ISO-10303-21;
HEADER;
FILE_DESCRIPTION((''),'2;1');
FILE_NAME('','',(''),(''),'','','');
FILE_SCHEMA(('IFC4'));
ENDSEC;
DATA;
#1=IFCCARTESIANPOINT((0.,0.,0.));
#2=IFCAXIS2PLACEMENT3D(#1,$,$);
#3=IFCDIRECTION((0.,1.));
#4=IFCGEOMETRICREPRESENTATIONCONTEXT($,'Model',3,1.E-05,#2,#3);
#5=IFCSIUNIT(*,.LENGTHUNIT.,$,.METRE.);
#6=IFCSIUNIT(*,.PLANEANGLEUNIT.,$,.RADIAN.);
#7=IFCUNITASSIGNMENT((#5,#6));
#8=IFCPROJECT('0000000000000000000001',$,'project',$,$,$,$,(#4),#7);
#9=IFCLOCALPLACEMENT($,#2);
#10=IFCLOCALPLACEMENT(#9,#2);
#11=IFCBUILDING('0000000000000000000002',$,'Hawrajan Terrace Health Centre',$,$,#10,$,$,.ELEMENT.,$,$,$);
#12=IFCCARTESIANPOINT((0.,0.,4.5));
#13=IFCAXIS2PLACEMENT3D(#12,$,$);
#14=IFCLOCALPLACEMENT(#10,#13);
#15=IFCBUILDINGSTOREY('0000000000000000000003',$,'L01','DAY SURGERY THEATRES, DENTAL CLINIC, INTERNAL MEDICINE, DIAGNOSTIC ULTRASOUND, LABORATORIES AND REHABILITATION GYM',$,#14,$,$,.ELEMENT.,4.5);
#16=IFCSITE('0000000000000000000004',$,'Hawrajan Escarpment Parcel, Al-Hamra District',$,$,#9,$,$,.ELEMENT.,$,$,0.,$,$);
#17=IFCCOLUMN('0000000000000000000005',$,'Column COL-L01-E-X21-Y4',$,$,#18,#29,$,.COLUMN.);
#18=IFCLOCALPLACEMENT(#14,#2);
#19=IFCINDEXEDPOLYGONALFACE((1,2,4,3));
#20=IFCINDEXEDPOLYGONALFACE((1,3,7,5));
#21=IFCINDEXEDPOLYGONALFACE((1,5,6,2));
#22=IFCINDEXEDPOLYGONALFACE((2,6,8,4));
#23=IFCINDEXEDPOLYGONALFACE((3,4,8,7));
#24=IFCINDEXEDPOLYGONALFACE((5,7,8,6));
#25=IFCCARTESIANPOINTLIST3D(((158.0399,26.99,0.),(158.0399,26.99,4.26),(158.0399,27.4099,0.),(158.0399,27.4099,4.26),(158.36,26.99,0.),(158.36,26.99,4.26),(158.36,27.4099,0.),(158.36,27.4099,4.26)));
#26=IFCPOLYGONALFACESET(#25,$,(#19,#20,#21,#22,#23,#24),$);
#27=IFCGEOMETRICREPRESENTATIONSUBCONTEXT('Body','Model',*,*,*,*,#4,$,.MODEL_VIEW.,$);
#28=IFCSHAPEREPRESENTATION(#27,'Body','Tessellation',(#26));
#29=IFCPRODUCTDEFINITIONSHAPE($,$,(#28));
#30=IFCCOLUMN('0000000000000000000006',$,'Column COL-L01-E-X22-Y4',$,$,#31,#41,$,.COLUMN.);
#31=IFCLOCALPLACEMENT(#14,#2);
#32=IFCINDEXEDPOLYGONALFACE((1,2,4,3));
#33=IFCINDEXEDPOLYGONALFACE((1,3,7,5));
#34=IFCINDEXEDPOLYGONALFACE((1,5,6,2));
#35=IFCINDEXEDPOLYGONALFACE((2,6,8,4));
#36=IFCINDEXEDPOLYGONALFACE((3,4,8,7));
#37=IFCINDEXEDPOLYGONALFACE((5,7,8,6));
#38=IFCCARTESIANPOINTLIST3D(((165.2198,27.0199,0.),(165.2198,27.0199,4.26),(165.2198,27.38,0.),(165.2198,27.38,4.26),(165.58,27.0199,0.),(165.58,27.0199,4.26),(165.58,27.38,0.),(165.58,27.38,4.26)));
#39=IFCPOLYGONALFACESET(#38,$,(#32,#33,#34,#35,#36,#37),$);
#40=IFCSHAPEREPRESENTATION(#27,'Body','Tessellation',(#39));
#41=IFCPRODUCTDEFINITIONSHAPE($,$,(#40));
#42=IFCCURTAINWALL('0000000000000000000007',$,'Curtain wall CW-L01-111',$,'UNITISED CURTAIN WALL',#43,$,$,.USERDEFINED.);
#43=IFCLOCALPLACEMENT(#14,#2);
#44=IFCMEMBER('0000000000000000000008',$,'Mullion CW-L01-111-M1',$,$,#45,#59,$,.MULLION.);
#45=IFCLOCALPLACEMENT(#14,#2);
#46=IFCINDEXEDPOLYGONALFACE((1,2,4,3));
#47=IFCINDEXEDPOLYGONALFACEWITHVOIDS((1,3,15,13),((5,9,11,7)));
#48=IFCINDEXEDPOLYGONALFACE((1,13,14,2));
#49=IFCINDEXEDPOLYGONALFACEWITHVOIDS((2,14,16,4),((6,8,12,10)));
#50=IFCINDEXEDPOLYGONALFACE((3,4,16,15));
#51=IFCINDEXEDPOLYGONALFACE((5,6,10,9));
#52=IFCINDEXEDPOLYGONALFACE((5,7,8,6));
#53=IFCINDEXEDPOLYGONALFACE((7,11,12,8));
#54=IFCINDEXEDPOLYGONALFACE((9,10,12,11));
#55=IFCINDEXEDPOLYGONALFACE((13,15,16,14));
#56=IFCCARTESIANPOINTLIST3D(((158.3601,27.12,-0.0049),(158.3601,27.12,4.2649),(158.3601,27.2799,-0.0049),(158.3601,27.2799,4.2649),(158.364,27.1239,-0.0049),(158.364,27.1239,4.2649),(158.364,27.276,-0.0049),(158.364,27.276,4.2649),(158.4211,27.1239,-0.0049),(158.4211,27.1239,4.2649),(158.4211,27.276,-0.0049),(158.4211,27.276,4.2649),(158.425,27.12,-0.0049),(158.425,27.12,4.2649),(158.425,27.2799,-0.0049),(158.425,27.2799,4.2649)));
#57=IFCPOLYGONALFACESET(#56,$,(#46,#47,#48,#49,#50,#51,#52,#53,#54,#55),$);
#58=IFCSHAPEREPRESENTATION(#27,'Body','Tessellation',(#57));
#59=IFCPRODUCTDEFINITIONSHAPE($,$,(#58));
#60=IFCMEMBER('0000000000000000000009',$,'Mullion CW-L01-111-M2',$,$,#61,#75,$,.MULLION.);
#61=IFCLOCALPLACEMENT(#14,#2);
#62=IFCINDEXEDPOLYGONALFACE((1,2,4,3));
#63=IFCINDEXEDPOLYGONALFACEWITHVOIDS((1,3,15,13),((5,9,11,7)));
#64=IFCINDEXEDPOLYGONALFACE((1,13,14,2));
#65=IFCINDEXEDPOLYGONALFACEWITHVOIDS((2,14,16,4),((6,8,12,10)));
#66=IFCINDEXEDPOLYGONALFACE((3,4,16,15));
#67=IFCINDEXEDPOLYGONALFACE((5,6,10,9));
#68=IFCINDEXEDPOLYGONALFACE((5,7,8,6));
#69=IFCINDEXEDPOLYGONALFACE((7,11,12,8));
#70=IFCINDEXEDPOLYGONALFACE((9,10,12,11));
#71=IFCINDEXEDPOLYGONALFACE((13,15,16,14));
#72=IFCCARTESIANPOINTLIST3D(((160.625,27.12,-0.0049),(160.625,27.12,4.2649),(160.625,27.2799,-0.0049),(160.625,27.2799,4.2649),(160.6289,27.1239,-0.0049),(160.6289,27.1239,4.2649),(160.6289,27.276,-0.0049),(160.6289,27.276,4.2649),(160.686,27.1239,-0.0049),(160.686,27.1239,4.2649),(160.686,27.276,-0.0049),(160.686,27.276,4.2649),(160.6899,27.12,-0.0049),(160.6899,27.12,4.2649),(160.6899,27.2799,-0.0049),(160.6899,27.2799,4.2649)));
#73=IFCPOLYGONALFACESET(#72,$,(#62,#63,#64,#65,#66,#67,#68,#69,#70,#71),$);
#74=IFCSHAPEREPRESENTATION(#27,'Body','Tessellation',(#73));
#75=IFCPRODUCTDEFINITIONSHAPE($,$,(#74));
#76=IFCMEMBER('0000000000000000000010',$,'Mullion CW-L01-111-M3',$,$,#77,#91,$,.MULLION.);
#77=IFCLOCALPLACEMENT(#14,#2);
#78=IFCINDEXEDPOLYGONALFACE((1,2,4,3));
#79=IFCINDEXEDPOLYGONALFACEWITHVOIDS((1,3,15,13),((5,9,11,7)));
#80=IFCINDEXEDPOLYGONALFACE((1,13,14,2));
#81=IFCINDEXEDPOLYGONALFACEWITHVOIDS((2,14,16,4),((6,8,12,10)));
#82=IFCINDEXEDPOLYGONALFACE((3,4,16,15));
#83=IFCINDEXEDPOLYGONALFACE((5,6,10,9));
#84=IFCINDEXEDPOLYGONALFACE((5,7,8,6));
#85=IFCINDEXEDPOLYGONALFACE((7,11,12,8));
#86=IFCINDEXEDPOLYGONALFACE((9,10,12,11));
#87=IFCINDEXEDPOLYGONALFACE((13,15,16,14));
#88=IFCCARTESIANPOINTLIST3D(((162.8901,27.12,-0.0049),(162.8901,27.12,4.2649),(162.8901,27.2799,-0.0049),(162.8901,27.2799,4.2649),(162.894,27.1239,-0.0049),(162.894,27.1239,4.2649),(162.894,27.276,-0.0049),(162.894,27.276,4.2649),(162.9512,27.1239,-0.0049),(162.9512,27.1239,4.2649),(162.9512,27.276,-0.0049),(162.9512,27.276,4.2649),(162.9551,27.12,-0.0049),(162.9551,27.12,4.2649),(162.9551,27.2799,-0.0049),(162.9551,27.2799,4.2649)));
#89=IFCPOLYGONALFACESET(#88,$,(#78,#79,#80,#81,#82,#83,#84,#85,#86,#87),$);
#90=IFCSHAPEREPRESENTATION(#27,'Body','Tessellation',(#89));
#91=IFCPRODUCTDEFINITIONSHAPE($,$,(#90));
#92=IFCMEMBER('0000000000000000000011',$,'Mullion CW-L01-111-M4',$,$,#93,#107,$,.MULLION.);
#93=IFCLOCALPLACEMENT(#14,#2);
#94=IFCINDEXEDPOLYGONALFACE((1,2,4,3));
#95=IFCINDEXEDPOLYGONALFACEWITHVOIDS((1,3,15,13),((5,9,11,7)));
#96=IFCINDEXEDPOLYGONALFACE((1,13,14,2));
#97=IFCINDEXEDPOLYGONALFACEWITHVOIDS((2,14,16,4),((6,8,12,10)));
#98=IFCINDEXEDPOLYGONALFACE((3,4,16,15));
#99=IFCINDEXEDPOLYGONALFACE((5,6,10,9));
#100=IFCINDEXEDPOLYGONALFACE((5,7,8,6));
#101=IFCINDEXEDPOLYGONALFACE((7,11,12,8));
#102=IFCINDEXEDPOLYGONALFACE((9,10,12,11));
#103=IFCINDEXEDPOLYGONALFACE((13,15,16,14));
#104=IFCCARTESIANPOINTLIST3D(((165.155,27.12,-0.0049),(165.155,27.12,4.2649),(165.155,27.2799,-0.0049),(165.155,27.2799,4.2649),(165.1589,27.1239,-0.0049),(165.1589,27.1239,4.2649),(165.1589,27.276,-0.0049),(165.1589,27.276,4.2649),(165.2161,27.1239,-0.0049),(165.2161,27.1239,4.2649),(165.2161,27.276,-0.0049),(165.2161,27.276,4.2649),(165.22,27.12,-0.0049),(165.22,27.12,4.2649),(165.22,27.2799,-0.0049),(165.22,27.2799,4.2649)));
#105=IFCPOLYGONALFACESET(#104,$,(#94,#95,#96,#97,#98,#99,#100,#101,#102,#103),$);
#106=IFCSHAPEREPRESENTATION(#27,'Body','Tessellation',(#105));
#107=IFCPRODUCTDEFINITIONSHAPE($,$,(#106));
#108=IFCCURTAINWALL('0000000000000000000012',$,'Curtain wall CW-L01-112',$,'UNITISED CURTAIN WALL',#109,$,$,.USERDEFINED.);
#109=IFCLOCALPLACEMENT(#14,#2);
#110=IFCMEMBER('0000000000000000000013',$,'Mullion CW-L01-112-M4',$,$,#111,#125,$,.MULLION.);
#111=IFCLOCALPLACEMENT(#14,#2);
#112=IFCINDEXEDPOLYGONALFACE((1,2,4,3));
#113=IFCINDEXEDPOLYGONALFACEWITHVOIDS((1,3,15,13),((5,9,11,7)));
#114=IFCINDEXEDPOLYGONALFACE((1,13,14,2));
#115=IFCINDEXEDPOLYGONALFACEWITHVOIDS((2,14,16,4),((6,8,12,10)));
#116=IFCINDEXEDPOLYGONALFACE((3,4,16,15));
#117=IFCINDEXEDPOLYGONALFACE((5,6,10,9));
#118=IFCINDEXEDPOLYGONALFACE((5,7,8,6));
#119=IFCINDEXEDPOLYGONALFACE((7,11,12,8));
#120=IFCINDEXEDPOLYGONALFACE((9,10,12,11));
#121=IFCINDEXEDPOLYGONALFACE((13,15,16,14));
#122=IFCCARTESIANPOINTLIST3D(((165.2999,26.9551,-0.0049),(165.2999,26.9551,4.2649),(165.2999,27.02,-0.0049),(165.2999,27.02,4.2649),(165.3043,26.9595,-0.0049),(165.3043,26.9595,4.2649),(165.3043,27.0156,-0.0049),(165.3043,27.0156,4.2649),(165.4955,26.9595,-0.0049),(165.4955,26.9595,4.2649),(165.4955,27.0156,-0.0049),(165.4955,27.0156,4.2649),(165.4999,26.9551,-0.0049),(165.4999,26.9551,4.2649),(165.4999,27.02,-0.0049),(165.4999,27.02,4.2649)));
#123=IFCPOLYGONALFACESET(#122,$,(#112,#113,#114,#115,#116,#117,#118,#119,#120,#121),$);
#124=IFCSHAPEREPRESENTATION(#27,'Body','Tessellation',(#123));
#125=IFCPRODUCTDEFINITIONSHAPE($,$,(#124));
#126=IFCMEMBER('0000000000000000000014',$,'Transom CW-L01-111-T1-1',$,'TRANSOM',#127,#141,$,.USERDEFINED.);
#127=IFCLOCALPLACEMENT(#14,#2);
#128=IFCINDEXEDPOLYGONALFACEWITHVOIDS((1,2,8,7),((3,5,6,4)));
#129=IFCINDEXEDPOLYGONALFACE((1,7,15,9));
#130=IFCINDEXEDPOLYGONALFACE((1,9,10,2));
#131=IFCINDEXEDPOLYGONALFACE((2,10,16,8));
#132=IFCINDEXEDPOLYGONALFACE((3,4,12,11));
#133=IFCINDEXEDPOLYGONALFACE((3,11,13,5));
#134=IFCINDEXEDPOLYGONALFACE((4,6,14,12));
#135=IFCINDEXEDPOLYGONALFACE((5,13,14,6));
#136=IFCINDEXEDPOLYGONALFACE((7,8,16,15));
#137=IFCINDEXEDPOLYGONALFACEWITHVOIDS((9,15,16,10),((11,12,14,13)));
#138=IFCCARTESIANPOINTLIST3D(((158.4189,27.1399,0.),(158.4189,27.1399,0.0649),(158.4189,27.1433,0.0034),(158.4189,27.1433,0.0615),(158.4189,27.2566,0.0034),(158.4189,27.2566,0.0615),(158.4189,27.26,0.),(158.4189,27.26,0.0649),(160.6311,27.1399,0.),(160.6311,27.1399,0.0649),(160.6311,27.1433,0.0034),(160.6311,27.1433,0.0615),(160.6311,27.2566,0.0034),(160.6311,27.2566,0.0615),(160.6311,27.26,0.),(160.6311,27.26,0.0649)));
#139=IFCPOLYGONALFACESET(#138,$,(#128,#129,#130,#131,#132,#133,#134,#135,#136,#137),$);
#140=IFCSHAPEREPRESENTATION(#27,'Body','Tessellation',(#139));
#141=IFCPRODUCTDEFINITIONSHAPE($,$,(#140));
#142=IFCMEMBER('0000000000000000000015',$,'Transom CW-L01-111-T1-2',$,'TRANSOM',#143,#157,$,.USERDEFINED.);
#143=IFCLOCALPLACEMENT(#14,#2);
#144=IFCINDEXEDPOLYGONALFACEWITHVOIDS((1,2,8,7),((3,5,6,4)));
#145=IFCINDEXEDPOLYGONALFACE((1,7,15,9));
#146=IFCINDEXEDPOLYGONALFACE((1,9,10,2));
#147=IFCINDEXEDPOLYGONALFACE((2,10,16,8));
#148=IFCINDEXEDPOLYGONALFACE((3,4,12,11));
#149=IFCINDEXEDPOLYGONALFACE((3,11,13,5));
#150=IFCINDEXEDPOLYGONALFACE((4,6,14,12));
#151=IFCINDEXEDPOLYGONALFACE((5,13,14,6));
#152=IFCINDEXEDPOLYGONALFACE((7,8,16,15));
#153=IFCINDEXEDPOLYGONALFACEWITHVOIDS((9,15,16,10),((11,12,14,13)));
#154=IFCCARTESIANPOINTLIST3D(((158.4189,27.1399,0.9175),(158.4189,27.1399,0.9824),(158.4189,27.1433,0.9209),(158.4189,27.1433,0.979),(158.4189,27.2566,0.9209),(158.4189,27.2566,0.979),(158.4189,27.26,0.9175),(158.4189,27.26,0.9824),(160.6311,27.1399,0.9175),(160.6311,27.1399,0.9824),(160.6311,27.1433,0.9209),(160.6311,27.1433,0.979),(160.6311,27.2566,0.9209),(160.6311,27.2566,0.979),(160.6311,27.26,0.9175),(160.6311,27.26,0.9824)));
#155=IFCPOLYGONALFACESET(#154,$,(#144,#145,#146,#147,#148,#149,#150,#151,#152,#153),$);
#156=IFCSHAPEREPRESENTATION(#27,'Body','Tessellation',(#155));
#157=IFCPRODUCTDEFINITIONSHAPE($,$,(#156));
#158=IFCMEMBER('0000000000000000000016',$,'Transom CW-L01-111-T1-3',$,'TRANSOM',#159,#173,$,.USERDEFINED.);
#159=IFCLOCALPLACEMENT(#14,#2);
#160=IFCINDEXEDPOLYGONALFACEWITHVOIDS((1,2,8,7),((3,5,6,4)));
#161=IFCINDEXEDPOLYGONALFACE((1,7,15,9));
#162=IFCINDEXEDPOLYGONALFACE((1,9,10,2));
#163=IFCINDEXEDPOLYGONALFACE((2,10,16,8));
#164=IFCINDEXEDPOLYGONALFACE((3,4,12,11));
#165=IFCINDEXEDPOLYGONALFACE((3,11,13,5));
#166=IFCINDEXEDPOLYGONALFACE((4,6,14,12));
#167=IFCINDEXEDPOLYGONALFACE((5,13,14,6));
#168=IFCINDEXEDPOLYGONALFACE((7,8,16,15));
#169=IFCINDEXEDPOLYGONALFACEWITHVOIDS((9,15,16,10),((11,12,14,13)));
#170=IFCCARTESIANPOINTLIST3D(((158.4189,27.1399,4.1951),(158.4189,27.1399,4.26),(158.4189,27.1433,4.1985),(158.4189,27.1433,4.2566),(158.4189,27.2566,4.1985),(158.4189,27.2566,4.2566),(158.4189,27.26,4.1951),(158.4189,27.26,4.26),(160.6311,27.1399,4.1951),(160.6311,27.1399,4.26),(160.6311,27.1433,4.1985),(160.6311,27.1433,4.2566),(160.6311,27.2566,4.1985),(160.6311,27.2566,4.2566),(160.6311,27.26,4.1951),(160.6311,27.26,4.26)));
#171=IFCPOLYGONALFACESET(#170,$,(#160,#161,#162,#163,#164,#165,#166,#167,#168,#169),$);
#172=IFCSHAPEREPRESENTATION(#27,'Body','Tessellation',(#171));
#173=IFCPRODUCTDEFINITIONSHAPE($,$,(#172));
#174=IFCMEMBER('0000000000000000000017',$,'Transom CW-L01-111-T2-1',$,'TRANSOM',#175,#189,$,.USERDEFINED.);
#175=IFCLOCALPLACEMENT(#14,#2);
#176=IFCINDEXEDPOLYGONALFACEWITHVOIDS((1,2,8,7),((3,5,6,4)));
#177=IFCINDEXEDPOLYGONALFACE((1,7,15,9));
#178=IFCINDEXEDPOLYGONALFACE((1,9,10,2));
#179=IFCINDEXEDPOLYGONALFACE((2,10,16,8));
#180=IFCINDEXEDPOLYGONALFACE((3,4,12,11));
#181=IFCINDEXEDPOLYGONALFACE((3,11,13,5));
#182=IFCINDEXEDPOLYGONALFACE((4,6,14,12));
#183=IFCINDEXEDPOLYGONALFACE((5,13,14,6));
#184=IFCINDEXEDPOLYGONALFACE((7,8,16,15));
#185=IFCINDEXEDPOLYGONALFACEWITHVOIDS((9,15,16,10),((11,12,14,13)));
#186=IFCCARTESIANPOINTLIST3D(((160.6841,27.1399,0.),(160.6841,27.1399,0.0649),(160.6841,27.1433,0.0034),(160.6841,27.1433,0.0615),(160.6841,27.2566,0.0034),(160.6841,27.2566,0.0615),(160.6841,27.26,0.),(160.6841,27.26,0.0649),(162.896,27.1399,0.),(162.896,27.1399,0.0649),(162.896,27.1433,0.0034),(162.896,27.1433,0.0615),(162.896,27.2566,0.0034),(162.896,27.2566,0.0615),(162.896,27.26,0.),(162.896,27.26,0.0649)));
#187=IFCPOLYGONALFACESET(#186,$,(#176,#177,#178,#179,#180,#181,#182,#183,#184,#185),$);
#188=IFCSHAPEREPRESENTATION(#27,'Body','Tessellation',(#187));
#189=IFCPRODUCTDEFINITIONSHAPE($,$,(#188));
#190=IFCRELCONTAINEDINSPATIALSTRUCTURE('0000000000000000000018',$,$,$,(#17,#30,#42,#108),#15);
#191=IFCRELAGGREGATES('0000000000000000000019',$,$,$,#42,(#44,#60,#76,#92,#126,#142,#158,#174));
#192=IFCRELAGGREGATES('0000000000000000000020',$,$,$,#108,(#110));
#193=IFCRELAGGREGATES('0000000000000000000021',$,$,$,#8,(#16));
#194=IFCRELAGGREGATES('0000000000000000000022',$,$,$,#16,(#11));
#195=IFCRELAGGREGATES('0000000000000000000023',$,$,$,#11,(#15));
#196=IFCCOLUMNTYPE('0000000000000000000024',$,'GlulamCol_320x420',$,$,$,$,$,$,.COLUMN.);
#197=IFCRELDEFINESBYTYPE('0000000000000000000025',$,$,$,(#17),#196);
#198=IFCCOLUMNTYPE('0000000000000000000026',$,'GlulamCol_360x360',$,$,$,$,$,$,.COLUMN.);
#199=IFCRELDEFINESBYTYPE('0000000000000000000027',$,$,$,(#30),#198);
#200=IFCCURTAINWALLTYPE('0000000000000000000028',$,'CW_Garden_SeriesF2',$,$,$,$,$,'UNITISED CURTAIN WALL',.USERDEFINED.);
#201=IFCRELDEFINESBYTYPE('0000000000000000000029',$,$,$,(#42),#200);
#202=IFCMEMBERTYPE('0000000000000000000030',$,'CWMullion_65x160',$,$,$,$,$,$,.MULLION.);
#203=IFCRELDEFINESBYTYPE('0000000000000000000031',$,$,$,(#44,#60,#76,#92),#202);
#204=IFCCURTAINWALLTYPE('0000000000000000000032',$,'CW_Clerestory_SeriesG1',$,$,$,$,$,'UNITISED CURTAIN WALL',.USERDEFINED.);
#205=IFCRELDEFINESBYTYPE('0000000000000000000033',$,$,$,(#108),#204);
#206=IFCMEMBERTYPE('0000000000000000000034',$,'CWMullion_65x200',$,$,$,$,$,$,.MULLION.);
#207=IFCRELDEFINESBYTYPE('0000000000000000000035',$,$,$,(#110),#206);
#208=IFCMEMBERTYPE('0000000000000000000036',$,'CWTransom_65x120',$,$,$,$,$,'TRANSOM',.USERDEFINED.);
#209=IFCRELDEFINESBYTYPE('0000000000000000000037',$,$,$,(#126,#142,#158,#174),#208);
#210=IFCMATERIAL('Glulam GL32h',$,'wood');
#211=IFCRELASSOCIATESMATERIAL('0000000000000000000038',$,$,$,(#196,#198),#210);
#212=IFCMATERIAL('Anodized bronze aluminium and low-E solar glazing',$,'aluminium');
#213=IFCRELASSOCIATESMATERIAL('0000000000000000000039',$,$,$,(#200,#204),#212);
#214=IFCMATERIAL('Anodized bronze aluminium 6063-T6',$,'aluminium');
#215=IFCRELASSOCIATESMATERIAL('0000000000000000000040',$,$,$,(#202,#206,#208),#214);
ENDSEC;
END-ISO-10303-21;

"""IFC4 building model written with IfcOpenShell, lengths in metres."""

from ifc_helpers import new_model, si_unit, direction, frame, origin, origin_2d, place, context, subcontext, project, spatial, rectangle, hollow_rectangle, extrude, material, material_profile, profile_set, type_object, element, aggregate, save


model = new_model("IFC4")

# Units and contexts
model_context = context("Model", 3, precision=1e-05, world=origin(), true_north=direction((0.0, 1.0)))
body_context = subcontext(model_context, "Body", "Model", "MODEL_VIEW")
ifc_project = project(units=[si_unit("LENGTHUNIT", "METRE"), si_unit("PLANEANGLEUNIT", "RADIAN")], contexts=[model_context])

# Site, building, storey
site_placement = place(None, origin())
site = spatial("IfcSite", under=ifc_project, at=site_placement, Name="Hawrajan Escarpment Parcel, Al-Hamra District", CompositionType="ELEMENT", RefElevation=0.0)
building_placement = place(site_placement, origin())
building = spatial("IfcBuilding", under=site, at=building_placement, Name="Hawrajan Terrace Health Centre", CompositionType="ELEMENT")
storey_placement = place(building_placement, frame((0.0, 0.0, 4.5)))
storey = spatial("IfcBuildingStorey", under=building, at=storey_placement, Name="L01", Description="DAY SURGERY THEATRES, DENTAL CLINIC, INTERNAL MEDICINE, DIAGNOSTIC ULTRASOUND, LABORATORIES AND REHABILITATION GYM", CompositionType="ELEMENT", Elevation=4.5)

# Columns
ifc_material_1 = material(Name="Glulam GL32h", Category="wood")
ifc_material_profile_1 = material_profile(ifc_material_1, rectangle(XDim=0.3201, YDim=0.4199, at=origin_2d()), Name="GL 320x420")
ifc_profile_set_1 = profile_set([ifc_material_profile_1], Name="Glulam GL32h")
column_type_1 = type_object("IfcColumnType", Name="GlulamCol_320x420", PredefinedType="COLUMN", material=ifc_profile_set_1)
column_1_placement = place(storey_placement, frame((158.2, 27.2, 0.0), z_axis=(0.0, 0.0, 1.0), x_axis=(1.0, 0.0, 0.0)))
element("IfcColumn", 1, at=column_1_placement, inside=storey, type_object=column_type_1, Name="Column COL-L01-E-X21-Y4", PredefinedType="COLUMN", context=body_context, shape_type="SweptSolid", body=[
    extrude(rectangle(XDim=0.3201, YDim=0.4199, at=origin_2d()), origin(), (0.0, 0.0, 1.0), 4.26),
])
ifc_material_profile_2 = material_profile(ifc_material_1, rectangle(XDim=0.3601, YDim=0.3601, at=origin_2d()), Name="GL 360x360")
ifc_profile_set_2 = profile_set([ifc_material_profile_2], Name="Glulam GL32h")
column_type_2 = type_object("IfcColumnType", Name="GlulamCol_360x360", PredefinedType="COLUMN", material=ifc_profile_set_2)
column_2_placement = place(storey_placement, frame((165.3999, 27.2, 0.0), z_axis=(0.0, 0.0, 1.0), x_axis=(1.0, 0.0, 0.0)))
element("IfcColumn", 2, at=column_2_placement, inside=storey, type_object=column_type_2, Name="Column COL-L01-E-X22-Y4", PredefinedType="COLUMN", context=body_context, shape_type="SweptSolid", body=[
    extrude(rectangle(XDim=0.3601, YDim=0.3601, at=origin_2d()), origin(), (0.0, 0.0, 1.0), 4.26),
])

# Curtain wall, members
ifc_material_2 = material(Name="Anodized bronze aluminium and low-E solar glazing", Category="aluminium")
curtain_wall_type_1 = type_object("IfcCurtainWallType", Name="CW_Garden_SeriesF2", ElementType="UNITISED CURTAIN WALL", PredefinedType="USERDEFINED", material=ifc_material_2)
curtain_wall_1_placement = place(storey_placement, origin())
curtain_wall_1 = element("IfcCurtainWall", 3, at=curtain_wall_1_placement, inside=storey, type_object=curtain_wall_type_1, Name="Curtain wall CW-L01-111", ObjectType="UNITISED CURTAIN WALL", PredefinedType="USERDEFINED")
ifc_material_3 = material(Name="Anodized bronze aluminium 6063-T6", Category="aluminium")
ifc_material_profile_3 = material_profile(ifc_material_3, hollow_rectangle(XDim=0.0649, YDim=0.1599, WallThickness=0.0039, at=origin_2d()), Name="CW MUL 65x160")
ifc_profile_set_3 = profile_set([ifc_material_profile_3], Name="Anodized bronze aluminium 6063-T6")
member_type_1 = type_object("IfcMemberType", Name="CWMullion_65x160", PredefinedType="MULLION", material=ifc_profile_set_3)
member_1_placement = place(storey_placement, frame((158.3926, 27.2, -0.0049), z_axis=(0.0, 0.0, 1.0), x_axis=(1.0, 0.0, 0.0)))
member_1 = element("IfcMember", 4, at=member_1_placement, type_object=member_type_1, Name="Mullion CW-L01-111-M1", PredefinedType="MULLION", context=body_context, shape_type="SweptSolid", body=[
    extrude(hollow_rectangle(XDim=0.0649, YDim=0.1599, WallThickness=0.0039, at=origin_2d()), origin(), (0.0, 0.0, 1.0), 4.2698),
])
member_2_placement = place(storey_placement, frame((160.6575, 27.2, -0.0049), z_axis=(0.0, 0.0, 1.0), x_axis=(1.0, 0.0, 0.0)))
member_2 = element("IfcMember", 5, at=member_2_placement, type_object=member_type_1, Name="Mullion CW-L01-111-M2", PredefinedType="MULLION", context=body_context, shape_type="SweptSolid", body=[
    extrude(hollow_rectangle(XDim=0.0649, YDim=0.1599, WallThickness=0.0039, at=origin_2d()), origin(), (0.0, 0.0, 1.0), 4.2698),
])
member_3_placement = place(storey_placement, frame((162.9226, 27.2, -0.0049), z_axis=(0.0, 0.0, 1.0), x_axis=(1.0, 0.0, 0.0)))
member_3 = element("IfcMember", 6, at=member_3_placement, type_object=member_type_1, Name="Mullion CW-L01-111-M3", PredefinedType="MULLION", context=body_context, shape_type="SweptSolid", body=[
    extrude(hollow_rectangle(XDim=0.0649, YDim=0.1599, WallThickness=0.0039, at=origin_2d()), origin(), (0.0, 0.0, 1.0), 4.2698),
])
member_4_placement = place(storey_placement, frame((165.1875, 27.2, -0.0049), z_axis=(0.0, 0.0, 1.0), x_axis=(1.0, 0.0, 0.0)))
member_4 = element("IfcMember", 7, at=member_4_placement, type_object=member_type_1, Name="Mullion CW-L01-111-M4", PredefinedType="MULLION", context=body_context, shape_type="SweptSolid", body=[
    extrude(hollow_rectangle(XDim=0.0649, YDim=0.1599, WallThickness=0.0039, at=origin_2d()), origin(), (0.0, 0.0, 1.0), 4.2698),
])

# Curtain wall, member
curtain_wall_type_2 = type_object("IfcCurtainWallType", Name="CW_Clerestory_SeriesG1", ElementType="UNITISED CURTAIN WALL", PredefinedType="USERDEFINED", material=ifc_material_2)
curtain_wall_2_placement = place(storey_placement, origin())
curtain_wall_2 = element("IfcCurtainWall", 8, at=curtain_wall_2_placement, inside=storey, type_object=curtain_wall_type_2, Name="Curtain wall CW-L01-112", ObjectType="UNITISED CURTAIN WALL", PredefinedType="USERDEFINED")
ifc_material_profile_4 = material_profile(ifc_material_3, hollow_rectangle(XDim=0.0649, YDim=0.2, WallThickness=0.0044, at=origin_2d()), Name="CW MUL 65x200")
ifc_profile_set_4 = profile_set([ifc_material_profile_4], Name="Anodized bronze aluminium 6063-T6")
member_type_2 = type_object("IfcMemberType", Name="CWMullion_65x200", PredefinedType="MULLION", material=ifc_profile_set_4)
member_5_placement = place(storey_placement, frame((165.3999, 26.9875, -0.0049), z_axis=(0.0, 0.0, 1.0), x_axis=(0.0, 1.0, 0.0)))
member_5 = element("IfcMember", 9, at=member_5_placement, type_object=member_type_2, Name="Mullion CW-L01-112-M4", PredefinedType="MULLION", context=body_context, shape_type="SweptSolid", body=[
    extrude(hollow_rectangle(XDim=0.0649, YDim=0.2, WallThickness=0.0044, at=origin_2d()), origin(), (0.0, 0.0, 1.0), 4.2698),
])

# Members
ifc_material_profile_5 = material_profile(ifc_material_3, hollow_rectangle(XDim=0.0649, YDim=0.1201, WallThickness=0.0034, at=origin_2d()), Name="CW TRN 65x120")
ifc_profile_set_5 = profile_set([ifc_material_profile_5], Name="Anodized bronze aluminium 6063-T6")
member_type_3 = type_object("IfcMemberType", Name="CWTransom_65x120", ElementType="TRANSOM", PredefinedType="USERDEFINED", material=ifc_profile_set_5)
member_6_placement = place(storey_placement, frame((158.4189, 27.2, 0.0325), z_axis=(1.0, 0.0, 0.0), x_axis=(0.0, 0.0, 1.0)))
member_6 = element("IfcMember", 10, at=member_6_placement, type_object=member_type_3, Name="Transom CW-L01-111-T1-1", ObjectType="TRANSOM", PredefinedType="USERDEFINED", context=body_context, shape_type="SweptSolid", body=[
    extrude(hollow_rectangle(XDim=0.0649, YDim=0.1201, WallThickness=0.0034, at=origin_2d()), origin(), (0.0, 0.0, 1.0), 2.2122),
])
member_7_placement = place(storey_placement, frame((158.4189, 27.2, 0.95), z_axis=(1.0, 0.0, 0.0), x_axis=(0.0, 0.0, 1.0)))
member_7 = element("IfcMember", 11, at=member_7_placement, type_object=member_type_3, Name="Transom CW-L01-111-T1-2", ObjectType="TRANSOM", PredefinedType="USERDEFINED", context=body_context, shape_type="SweptSolid", body=[
    extrude(hollow_rectangle(XDim=0.0649, YDim=0.1201, WallThickness=0.0034, at=origin_2d()), origin(), (0.0, 0.0, 1.0), 2.2122),
])
member_8_placement = place(storey_placement, frame((158.4189, 27.2, 4.2275), z_axis=(1.0, 0.0, 0.0), x_axis=(0.0, 0.0, 1.0)))
member_8 = element("IfcMember", 12, at=member_8_placement, type_object=member_type_3, Name="Transom CW-L01-111-T1-3", ObjectType="TRANSOM", PredefinedType="USERDEFINED", context=body_context, shape_type="SweptSolid", body=[
    extrude(hollow_rectangle(XDim=0.0649, YDim=0.1201, WallThickness=0.0034, at=origin_2d()), origin(), (0.0, 0.0, 1.0), 2.2122),
])
member_9_placement = place(storey_placement, frame((160.6841, 27.2, 0.0325), z_axis=(1.0, 0.0, 0.0), x_axis=(0.0, 0.0, 1.0)))
member_9 = element("IfcMember", 13, at=member_9_placement, type_object=member_type_3, Name="Transom CW-L01-111-T2-1", ObjectType="TRANSOM", PredefinedType="USERDEFINED", context=body_context, shape_type="SweptSolid", body=[
    extrude(hollow_rectangle(XDim=0.0649, YDim=0.1201, WallThickness=0.0034, at=origin_2d()), origin(), (0.0, 0.0, 1.0), 2.2119),
])

aggregate(curtain_wall_1, [member_1, member_2, member_3, member_4, member_6, member_7, member_8, member_9])
aggregate(curtain_wall_2, [member_5])

save(model, "model.ifc")
